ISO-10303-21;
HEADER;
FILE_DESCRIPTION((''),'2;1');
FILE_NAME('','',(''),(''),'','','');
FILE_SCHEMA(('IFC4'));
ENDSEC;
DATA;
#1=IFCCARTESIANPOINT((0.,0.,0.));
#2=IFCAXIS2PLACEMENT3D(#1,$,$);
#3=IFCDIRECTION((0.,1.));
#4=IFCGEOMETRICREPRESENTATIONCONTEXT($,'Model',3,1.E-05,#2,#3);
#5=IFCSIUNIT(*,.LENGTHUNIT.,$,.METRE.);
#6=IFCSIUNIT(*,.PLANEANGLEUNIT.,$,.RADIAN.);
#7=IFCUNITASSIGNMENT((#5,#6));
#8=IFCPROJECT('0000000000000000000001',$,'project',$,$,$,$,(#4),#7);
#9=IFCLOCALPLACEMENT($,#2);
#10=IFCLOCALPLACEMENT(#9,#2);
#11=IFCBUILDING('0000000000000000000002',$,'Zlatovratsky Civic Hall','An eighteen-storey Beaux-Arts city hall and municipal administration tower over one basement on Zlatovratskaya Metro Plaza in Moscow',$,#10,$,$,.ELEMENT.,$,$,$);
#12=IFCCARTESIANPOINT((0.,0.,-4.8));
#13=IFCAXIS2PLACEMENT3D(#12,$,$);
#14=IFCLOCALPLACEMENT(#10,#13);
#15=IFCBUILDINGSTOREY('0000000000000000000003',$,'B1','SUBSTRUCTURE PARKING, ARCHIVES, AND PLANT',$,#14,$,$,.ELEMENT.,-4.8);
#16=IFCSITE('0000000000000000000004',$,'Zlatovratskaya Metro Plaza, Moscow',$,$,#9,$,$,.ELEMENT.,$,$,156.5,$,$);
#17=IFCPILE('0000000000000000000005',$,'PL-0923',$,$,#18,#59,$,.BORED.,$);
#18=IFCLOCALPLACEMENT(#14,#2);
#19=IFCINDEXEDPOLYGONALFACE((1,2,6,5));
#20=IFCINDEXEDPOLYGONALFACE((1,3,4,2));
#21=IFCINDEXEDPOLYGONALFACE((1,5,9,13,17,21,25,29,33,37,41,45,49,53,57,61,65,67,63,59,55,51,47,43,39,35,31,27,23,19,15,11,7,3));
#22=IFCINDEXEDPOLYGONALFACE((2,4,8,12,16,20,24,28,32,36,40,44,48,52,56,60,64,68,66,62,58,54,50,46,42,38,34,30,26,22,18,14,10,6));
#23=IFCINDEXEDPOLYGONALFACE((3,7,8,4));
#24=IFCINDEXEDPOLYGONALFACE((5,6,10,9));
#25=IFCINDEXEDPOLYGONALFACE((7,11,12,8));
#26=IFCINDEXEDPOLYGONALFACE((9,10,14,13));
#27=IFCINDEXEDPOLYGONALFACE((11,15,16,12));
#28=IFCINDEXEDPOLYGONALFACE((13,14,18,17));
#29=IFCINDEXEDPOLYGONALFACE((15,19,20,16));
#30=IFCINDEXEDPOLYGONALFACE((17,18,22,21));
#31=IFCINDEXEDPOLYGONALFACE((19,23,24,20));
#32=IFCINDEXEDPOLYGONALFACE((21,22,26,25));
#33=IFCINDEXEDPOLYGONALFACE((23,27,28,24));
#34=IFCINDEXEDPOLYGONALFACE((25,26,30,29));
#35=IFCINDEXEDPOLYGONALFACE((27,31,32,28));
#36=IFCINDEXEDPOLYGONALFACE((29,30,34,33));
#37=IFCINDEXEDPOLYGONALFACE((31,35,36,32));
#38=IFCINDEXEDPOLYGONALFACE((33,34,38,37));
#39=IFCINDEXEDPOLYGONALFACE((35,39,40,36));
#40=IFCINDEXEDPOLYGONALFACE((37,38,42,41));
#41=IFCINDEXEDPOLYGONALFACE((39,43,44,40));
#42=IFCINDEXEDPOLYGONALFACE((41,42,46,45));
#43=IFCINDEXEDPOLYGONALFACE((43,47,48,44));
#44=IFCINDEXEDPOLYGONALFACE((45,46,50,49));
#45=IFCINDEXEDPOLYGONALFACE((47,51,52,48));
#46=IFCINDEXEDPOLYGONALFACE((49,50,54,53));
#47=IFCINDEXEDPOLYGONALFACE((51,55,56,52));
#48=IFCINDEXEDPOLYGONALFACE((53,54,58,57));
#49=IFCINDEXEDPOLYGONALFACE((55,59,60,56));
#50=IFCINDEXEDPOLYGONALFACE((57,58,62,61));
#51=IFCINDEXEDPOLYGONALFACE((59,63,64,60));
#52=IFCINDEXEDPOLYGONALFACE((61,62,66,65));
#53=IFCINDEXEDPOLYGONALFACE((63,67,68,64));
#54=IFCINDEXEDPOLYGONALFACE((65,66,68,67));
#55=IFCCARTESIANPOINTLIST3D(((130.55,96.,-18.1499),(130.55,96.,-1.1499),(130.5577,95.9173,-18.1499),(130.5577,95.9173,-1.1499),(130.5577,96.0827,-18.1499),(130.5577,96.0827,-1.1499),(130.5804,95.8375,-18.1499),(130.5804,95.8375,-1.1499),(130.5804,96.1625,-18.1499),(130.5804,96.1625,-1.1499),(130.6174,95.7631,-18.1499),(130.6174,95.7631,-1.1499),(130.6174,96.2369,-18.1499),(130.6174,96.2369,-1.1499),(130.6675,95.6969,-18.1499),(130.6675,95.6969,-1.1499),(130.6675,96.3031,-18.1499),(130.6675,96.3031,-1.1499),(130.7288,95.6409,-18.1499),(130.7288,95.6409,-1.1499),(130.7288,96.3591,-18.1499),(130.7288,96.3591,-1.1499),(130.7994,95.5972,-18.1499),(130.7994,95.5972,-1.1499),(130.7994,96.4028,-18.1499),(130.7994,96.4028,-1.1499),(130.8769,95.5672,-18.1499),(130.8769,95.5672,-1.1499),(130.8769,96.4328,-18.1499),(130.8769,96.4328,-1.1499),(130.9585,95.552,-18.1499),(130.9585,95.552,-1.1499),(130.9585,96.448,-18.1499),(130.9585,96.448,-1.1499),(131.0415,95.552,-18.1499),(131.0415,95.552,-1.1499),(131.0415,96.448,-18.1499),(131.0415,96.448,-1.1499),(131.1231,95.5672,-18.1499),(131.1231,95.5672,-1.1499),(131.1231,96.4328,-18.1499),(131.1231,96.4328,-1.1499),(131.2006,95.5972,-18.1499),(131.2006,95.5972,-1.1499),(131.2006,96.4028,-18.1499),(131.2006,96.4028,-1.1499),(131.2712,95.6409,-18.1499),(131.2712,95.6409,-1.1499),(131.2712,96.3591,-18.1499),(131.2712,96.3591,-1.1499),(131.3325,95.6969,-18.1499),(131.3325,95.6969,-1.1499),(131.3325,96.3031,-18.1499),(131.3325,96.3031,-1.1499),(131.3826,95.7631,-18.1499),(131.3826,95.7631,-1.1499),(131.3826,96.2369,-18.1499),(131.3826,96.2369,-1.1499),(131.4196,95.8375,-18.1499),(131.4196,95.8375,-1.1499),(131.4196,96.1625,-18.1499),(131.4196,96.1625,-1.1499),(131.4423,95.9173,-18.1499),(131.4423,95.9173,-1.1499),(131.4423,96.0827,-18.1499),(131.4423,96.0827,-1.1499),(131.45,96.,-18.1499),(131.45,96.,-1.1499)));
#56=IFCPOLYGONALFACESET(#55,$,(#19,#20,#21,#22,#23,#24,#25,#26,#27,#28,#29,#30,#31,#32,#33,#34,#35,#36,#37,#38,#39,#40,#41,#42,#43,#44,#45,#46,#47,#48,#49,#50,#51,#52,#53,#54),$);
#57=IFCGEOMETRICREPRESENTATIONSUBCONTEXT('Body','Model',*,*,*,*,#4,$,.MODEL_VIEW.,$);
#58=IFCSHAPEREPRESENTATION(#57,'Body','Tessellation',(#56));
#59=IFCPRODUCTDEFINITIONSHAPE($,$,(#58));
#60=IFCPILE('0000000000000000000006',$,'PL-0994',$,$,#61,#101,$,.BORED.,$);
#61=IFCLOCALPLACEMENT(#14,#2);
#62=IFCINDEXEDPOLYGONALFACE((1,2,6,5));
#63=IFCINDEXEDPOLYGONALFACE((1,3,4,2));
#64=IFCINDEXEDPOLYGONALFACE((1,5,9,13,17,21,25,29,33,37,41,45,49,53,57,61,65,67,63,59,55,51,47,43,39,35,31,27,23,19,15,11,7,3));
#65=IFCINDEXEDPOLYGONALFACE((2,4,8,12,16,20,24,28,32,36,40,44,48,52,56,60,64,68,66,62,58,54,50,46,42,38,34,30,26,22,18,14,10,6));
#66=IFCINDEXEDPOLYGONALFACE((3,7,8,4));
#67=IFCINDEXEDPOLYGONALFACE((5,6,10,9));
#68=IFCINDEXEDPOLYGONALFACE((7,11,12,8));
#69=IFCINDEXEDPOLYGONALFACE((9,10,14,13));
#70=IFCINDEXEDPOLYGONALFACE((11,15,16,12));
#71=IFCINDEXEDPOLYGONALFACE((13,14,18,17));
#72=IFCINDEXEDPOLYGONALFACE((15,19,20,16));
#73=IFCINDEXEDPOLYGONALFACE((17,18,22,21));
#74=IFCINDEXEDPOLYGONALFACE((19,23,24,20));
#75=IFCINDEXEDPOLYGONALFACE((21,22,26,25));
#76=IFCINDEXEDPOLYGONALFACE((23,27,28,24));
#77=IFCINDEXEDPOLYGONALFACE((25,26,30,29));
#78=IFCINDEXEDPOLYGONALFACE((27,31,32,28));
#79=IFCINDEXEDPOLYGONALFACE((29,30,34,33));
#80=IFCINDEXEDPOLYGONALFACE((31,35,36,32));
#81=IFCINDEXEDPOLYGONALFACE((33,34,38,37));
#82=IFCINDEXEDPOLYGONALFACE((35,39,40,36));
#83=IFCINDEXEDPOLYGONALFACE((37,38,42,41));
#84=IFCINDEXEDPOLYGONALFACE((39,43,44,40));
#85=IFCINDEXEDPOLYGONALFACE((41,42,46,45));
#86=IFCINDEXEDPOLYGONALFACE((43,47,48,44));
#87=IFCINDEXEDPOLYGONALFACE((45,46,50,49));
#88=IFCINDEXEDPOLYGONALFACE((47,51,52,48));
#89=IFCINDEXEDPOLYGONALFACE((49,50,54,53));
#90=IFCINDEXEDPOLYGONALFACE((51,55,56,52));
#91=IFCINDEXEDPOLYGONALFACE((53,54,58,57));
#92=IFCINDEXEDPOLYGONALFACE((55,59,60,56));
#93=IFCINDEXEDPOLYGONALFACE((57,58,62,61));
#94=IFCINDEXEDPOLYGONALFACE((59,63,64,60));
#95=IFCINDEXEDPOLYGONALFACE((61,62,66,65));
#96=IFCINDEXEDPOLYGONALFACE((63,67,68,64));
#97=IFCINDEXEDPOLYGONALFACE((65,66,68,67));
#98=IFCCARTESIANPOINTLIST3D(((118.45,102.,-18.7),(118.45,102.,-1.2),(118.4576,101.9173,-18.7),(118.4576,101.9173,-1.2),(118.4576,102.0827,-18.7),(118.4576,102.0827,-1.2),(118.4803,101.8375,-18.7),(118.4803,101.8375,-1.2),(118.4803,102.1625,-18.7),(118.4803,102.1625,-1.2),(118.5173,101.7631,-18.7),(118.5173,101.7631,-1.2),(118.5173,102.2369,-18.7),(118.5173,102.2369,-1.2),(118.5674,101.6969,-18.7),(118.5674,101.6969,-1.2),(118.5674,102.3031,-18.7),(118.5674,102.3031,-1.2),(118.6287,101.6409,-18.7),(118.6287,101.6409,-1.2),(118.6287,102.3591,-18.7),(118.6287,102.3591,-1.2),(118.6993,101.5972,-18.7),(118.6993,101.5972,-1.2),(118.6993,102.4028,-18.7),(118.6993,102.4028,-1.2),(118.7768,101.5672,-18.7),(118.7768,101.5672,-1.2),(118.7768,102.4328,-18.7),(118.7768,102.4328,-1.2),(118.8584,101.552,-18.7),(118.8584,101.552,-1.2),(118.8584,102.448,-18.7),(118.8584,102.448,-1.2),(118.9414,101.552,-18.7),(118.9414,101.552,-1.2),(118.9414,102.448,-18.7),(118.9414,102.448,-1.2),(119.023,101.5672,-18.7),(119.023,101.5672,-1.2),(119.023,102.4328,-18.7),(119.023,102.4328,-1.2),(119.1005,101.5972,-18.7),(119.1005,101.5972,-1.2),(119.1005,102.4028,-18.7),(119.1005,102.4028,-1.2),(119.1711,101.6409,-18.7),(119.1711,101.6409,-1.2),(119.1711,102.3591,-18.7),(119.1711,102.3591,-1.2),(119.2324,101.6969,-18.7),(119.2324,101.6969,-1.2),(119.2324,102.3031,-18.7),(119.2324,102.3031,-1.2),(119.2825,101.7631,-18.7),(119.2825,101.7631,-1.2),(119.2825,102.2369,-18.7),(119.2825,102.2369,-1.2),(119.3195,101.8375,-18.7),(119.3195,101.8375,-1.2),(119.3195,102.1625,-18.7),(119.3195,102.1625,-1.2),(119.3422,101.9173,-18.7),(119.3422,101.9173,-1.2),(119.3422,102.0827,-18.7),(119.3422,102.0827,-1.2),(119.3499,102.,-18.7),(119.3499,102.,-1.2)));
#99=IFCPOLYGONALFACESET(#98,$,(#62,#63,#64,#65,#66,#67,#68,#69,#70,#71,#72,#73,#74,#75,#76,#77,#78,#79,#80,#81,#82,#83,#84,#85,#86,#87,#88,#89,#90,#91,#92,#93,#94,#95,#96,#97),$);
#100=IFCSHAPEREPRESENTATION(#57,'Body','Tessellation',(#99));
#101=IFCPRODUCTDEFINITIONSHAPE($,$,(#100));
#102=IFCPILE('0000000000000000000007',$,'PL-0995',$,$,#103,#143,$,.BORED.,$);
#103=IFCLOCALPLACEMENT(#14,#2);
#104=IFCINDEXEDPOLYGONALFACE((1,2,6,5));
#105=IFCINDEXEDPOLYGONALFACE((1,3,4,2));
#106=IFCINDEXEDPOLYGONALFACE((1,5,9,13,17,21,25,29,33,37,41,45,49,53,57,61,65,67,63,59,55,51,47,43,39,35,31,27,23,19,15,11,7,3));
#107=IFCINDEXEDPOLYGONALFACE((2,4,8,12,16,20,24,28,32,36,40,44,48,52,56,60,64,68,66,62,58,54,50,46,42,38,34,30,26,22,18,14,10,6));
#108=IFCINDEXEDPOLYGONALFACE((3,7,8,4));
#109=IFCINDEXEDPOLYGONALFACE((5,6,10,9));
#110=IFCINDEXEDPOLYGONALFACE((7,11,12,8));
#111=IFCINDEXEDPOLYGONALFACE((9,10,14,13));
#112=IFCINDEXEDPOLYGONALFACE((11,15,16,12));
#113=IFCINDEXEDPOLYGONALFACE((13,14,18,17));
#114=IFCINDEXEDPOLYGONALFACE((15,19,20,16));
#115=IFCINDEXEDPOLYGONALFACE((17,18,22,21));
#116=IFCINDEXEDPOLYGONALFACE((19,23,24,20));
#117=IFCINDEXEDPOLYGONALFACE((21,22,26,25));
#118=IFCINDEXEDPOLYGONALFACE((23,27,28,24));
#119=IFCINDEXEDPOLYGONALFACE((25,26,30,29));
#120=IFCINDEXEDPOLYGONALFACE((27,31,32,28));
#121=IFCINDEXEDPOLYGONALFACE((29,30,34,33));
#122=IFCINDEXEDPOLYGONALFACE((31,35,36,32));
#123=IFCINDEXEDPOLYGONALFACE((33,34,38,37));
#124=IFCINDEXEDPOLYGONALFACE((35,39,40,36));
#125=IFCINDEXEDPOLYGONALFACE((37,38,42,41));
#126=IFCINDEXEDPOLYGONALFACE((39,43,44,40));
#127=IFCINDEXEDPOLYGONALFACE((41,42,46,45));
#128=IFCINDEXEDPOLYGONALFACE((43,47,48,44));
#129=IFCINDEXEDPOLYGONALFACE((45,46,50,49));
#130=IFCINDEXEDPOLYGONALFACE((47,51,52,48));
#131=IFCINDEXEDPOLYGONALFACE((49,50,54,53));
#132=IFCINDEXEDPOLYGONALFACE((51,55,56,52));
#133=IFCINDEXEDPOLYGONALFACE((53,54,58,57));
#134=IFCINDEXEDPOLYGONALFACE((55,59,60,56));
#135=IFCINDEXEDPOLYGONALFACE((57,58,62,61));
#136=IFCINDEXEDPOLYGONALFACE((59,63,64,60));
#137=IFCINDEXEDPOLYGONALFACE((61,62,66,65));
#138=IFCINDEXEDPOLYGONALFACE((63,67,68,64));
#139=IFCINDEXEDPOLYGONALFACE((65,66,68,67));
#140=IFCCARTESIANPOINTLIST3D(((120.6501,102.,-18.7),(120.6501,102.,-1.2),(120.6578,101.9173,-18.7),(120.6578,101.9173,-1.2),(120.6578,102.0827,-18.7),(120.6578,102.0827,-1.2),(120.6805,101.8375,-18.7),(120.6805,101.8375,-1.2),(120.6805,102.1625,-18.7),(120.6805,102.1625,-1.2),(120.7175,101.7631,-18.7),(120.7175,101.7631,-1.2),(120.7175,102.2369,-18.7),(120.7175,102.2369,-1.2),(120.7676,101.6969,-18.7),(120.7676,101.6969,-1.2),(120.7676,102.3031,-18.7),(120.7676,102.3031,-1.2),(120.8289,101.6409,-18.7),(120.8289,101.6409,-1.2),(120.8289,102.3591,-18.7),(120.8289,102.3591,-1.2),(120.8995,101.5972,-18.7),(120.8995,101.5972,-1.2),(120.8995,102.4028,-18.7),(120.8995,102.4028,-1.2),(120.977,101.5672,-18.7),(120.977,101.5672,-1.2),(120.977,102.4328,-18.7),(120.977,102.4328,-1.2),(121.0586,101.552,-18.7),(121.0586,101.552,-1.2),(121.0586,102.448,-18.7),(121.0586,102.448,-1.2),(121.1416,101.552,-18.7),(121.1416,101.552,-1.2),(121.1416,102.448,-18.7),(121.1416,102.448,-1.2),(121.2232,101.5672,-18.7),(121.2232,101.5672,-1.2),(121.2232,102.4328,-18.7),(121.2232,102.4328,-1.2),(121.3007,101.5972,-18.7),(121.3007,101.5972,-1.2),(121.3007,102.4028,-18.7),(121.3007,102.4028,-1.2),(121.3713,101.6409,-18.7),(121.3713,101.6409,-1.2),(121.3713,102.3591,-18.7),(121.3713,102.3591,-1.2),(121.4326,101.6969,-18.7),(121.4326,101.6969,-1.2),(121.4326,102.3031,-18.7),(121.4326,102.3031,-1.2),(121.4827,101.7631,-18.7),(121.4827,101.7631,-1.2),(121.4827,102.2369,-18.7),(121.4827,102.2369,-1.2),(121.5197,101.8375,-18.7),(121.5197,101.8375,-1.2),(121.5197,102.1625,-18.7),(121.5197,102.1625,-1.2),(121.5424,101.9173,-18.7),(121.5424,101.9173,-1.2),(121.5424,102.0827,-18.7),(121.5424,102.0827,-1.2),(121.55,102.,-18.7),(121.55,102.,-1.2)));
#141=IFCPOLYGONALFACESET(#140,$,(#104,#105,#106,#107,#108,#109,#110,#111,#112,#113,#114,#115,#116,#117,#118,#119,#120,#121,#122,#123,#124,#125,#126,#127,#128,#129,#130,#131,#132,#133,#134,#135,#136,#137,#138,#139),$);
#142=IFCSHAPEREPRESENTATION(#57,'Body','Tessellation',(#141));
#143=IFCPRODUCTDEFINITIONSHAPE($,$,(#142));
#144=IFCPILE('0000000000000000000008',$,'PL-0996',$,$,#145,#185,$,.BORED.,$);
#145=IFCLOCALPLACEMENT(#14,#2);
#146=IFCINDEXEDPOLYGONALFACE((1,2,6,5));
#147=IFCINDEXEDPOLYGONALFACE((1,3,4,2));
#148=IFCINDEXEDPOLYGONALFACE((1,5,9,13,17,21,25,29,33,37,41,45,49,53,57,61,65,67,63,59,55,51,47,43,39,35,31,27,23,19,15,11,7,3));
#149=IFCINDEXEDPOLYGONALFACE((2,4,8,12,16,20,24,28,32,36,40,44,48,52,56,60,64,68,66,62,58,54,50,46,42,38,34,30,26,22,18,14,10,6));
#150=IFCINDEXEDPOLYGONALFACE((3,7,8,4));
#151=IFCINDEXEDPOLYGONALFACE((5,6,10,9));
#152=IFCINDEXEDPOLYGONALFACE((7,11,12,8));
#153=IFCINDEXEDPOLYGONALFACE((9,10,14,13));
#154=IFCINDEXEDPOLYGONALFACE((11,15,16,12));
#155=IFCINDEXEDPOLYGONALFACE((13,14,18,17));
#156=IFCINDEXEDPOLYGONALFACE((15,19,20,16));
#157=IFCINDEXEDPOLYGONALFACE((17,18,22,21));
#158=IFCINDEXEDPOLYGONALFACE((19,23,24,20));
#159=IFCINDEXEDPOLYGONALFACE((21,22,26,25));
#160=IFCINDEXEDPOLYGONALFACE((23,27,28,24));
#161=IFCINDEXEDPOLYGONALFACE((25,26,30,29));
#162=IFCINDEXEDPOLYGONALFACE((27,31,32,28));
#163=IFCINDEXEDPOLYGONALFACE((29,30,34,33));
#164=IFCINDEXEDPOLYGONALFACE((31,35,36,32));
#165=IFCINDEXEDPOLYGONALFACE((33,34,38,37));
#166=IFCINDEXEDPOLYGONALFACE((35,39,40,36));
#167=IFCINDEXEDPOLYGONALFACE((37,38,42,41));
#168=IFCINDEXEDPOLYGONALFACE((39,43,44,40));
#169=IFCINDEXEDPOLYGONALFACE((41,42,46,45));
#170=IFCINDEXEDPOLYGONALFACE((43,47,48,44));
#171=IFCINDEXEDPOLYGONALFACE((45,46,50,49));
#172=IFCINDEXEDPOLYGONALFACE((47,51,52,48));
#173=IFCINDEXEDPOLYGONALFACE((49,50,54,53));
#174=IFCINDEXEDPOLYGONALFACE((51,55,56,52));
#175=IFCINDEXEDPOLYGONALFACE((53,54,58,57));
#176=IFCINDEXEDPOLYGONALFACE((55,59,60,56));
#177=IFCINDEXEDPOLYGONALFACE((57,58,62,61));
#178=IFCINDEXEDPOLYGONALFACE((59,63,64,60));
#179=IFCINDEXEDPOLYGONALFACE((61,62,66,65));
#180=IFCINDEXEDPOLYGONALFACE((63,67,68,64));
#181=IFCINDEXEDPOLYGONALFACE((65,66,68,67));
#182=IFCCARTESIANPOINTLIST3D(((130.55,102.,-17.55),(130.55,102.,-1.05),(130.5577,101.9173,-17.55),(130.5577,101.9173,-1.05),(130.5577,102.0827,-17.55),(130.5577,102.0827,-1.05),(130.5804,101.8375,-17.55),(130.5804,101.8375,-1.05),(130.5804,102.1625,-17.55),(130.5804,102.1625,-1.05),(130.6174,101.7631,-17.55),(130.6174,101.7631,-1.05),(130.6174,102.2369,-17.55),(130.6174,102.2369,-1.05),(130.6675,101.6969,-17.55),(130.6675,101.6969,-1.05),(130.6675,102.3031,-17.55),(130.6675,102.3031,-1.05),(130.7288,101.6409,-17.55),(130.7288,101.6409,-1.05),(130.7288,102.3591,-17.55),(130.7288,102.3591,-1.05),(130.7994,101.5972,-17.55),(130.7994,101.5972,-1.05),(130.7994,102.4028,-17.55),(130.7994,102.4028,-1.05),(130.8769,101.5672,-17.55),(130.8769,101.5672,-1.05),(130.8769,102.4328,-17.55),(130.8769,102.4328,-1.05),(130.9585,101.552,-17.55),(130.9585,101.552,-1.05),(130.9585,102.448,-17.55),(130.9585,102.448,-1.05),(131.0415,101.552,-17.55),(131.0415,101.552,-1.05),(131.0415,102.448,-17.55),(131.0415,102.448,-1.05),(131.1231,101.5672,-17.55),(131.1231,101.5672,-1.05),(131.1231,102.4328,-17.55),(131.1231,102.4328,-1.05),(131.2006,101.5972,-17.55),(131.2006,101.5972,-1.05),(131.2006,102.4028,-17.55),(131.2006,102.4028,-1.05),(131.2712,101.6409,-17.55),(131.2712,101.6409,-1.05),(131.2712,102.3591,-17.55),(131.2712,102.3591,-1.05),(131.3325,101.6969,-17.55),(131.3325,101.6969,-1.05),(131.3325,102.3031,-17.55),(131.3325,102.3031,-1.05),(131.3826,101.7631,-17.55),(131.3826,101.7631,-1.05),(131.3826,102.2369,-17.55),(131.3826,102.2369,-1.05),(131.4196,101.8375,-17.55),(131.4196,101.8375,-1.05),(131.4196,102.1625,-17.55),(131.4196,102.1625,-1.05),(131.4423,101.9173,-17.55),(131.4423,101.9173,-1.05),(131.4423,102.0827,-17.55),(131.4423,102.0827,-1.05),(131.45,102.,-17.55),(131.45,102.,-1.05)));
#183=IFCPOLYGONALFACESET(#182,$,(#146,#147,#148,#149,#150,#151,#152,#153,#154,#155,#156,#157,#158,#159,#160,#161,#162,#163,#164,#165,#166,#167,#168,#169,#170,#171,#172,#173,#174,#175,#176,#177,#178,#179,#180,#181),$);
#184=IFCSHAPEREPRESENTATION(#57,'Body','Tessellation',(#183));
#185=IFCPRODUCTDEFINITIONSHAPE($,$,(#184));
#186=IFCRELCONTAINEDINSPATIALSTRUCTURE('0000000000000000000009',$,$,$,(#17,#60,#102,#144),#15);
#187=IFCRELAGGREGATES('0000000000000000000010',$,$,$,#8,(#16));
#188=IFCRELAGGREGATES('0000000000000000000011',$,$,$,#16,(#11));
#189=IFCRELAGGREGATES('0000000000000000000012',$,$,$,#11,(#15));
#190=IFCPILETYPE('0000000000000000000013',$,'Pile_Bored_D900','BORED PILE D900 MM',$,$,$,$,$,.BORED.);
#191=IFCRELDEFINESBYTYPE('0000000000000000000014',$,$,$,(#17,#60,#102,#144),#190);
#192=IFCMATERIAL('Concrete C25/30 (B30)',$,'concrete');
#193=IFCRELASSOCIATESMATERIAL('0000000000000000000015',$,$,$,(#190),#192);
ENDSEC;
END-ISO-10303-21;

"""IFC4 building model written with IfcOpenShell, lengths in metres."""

from ifc_helpers import new_model, si_unit, direction, frame, origin, origin_2d, place, context, subcontext, project, spatial, circle, extrude, material, material_profile, profile_set, type_object, element, save


model = new_model("IFC4")

# Units and contexts
model_context = context("Model", 3, precision=1e-05, world=origin(), true_north=direction((0.0, 1.0)))
body_context = subcontext(model_context, "Body", "Model", "MODEL_VIEW")
ifc_project = project(units=[si_unit("LENGTHUNIT", "METRE"), si_unit("PLANEANGLEUNIT", "RADIAN")], contexts=[model_context])

# Site, building, storey
site_placement = place(None, origin())
site = spatial("IfcSite", under=ifc_project, at=site_placement, Name="Zlatovratskaya Metro Plaza, Moscow", CompositionType="ELEMENT", RefElevation=156.5)
building_placement = place(site_placement, origin())
building = spatial("IfcBuilding", under=site, at=building_placement, Name="Zlatovratsky Civic Hall", Description="An eighteen-storey Beaux-Arts city hall and municipal administration tower over one basement on Zlatovratskaya Metro Plaza in Moscow", CompositionType="ELEMENT")
storey_placement = place(building_placement, frame((0.0, 0.0, -4.8)))
storey = spatial("IfcBuildingStorey", under=building, at=storey_placement, Name="B1", Description="SUBSTRUCTURE PARKING, ARCHIVES, AND PLANT", CompositionType="ELEMENT", Elevation=-4.8)

# Shared definitions
ifc_material_1 = material(Name="Concrete C25/30 (B30)", Category="concrete")

# Piles
ifc_material_profile_1 = material_profile(ifc_material_1, circle(Radius=0.45, at=origin_2d()), Name="PILE D900")
ifc_profile_set_1 = profile_set([ifc_material_profile_1], Name="Concrete C25/30 (B30)")
pile_type_1 = type_object("IfcPileType", Name="Pile_Bored_D900", Description="BORED PILE D900 MM", PredefinedType="BORED", material=ifc_profile_set_1)
pile_1_placement = place(storey_placement, frame((131.0, 96.0, -1.1499), z_axis=(0.0, 0.0, -1.0), x_axis=(1.0, 0.0, 0.0)))
element("IfcPile", 1, at=pile_1_placement, inside=storey, type_object=pile_type_1, Name="PL-0923", PredefinedType="BORED", context=body_context, shape_type="SweptSolid", body=[
    extrude(circle(Radius=0.45, at=origin_2d()), origin(), (0.0, 0.0, 1.0), 17.0),
])
for number, where, z_axis, x_axis, name in (
    (2, (118.8999, 102.0, -1.2), (0.0, 0.0, -1.0), (1.0, 0.0, 0.0), "PL-0994"),
    (3, (121.1001, 102.0, -1.2), (0.0, 0.0, -1.0), (1.0, 0.0, 0.0), "PL-0995"),
):
    element("IfcPile", number, at=place(storey_placement, frame(where, z_axis=z_axis, x_axis=x_axis)), inside=storey, type_object=pile_type_1, Name=name, PredefinedType="BORED", context=body_context, shape_type="SweptSolid", body=[
        extrude(circle(Radius=0.45, at=origin_2d()), origin(), (0.0, 0.0, 1.0), 17.5),
    ])
pile_2_placement = place(storey_placement, frame((131.0, 102.0, -1.05), z_axis=(0.0, 0.0, -1.0), x_axis=(1.0, 0.0, 0.0)))
element("IfcPile", 4, at=pile_2_placement, inside=storey, type_object=pile_type_1, Name="PL-0996", PredefinedType="BORED", context=body_context, shape_type="SweptSolid", body=[
    extrude(circle(Radius=0.45, at=origin_2d()), origin(), (0.0, 0.0, 1.0), 16.5),
])

save(model, "model.ifc")
